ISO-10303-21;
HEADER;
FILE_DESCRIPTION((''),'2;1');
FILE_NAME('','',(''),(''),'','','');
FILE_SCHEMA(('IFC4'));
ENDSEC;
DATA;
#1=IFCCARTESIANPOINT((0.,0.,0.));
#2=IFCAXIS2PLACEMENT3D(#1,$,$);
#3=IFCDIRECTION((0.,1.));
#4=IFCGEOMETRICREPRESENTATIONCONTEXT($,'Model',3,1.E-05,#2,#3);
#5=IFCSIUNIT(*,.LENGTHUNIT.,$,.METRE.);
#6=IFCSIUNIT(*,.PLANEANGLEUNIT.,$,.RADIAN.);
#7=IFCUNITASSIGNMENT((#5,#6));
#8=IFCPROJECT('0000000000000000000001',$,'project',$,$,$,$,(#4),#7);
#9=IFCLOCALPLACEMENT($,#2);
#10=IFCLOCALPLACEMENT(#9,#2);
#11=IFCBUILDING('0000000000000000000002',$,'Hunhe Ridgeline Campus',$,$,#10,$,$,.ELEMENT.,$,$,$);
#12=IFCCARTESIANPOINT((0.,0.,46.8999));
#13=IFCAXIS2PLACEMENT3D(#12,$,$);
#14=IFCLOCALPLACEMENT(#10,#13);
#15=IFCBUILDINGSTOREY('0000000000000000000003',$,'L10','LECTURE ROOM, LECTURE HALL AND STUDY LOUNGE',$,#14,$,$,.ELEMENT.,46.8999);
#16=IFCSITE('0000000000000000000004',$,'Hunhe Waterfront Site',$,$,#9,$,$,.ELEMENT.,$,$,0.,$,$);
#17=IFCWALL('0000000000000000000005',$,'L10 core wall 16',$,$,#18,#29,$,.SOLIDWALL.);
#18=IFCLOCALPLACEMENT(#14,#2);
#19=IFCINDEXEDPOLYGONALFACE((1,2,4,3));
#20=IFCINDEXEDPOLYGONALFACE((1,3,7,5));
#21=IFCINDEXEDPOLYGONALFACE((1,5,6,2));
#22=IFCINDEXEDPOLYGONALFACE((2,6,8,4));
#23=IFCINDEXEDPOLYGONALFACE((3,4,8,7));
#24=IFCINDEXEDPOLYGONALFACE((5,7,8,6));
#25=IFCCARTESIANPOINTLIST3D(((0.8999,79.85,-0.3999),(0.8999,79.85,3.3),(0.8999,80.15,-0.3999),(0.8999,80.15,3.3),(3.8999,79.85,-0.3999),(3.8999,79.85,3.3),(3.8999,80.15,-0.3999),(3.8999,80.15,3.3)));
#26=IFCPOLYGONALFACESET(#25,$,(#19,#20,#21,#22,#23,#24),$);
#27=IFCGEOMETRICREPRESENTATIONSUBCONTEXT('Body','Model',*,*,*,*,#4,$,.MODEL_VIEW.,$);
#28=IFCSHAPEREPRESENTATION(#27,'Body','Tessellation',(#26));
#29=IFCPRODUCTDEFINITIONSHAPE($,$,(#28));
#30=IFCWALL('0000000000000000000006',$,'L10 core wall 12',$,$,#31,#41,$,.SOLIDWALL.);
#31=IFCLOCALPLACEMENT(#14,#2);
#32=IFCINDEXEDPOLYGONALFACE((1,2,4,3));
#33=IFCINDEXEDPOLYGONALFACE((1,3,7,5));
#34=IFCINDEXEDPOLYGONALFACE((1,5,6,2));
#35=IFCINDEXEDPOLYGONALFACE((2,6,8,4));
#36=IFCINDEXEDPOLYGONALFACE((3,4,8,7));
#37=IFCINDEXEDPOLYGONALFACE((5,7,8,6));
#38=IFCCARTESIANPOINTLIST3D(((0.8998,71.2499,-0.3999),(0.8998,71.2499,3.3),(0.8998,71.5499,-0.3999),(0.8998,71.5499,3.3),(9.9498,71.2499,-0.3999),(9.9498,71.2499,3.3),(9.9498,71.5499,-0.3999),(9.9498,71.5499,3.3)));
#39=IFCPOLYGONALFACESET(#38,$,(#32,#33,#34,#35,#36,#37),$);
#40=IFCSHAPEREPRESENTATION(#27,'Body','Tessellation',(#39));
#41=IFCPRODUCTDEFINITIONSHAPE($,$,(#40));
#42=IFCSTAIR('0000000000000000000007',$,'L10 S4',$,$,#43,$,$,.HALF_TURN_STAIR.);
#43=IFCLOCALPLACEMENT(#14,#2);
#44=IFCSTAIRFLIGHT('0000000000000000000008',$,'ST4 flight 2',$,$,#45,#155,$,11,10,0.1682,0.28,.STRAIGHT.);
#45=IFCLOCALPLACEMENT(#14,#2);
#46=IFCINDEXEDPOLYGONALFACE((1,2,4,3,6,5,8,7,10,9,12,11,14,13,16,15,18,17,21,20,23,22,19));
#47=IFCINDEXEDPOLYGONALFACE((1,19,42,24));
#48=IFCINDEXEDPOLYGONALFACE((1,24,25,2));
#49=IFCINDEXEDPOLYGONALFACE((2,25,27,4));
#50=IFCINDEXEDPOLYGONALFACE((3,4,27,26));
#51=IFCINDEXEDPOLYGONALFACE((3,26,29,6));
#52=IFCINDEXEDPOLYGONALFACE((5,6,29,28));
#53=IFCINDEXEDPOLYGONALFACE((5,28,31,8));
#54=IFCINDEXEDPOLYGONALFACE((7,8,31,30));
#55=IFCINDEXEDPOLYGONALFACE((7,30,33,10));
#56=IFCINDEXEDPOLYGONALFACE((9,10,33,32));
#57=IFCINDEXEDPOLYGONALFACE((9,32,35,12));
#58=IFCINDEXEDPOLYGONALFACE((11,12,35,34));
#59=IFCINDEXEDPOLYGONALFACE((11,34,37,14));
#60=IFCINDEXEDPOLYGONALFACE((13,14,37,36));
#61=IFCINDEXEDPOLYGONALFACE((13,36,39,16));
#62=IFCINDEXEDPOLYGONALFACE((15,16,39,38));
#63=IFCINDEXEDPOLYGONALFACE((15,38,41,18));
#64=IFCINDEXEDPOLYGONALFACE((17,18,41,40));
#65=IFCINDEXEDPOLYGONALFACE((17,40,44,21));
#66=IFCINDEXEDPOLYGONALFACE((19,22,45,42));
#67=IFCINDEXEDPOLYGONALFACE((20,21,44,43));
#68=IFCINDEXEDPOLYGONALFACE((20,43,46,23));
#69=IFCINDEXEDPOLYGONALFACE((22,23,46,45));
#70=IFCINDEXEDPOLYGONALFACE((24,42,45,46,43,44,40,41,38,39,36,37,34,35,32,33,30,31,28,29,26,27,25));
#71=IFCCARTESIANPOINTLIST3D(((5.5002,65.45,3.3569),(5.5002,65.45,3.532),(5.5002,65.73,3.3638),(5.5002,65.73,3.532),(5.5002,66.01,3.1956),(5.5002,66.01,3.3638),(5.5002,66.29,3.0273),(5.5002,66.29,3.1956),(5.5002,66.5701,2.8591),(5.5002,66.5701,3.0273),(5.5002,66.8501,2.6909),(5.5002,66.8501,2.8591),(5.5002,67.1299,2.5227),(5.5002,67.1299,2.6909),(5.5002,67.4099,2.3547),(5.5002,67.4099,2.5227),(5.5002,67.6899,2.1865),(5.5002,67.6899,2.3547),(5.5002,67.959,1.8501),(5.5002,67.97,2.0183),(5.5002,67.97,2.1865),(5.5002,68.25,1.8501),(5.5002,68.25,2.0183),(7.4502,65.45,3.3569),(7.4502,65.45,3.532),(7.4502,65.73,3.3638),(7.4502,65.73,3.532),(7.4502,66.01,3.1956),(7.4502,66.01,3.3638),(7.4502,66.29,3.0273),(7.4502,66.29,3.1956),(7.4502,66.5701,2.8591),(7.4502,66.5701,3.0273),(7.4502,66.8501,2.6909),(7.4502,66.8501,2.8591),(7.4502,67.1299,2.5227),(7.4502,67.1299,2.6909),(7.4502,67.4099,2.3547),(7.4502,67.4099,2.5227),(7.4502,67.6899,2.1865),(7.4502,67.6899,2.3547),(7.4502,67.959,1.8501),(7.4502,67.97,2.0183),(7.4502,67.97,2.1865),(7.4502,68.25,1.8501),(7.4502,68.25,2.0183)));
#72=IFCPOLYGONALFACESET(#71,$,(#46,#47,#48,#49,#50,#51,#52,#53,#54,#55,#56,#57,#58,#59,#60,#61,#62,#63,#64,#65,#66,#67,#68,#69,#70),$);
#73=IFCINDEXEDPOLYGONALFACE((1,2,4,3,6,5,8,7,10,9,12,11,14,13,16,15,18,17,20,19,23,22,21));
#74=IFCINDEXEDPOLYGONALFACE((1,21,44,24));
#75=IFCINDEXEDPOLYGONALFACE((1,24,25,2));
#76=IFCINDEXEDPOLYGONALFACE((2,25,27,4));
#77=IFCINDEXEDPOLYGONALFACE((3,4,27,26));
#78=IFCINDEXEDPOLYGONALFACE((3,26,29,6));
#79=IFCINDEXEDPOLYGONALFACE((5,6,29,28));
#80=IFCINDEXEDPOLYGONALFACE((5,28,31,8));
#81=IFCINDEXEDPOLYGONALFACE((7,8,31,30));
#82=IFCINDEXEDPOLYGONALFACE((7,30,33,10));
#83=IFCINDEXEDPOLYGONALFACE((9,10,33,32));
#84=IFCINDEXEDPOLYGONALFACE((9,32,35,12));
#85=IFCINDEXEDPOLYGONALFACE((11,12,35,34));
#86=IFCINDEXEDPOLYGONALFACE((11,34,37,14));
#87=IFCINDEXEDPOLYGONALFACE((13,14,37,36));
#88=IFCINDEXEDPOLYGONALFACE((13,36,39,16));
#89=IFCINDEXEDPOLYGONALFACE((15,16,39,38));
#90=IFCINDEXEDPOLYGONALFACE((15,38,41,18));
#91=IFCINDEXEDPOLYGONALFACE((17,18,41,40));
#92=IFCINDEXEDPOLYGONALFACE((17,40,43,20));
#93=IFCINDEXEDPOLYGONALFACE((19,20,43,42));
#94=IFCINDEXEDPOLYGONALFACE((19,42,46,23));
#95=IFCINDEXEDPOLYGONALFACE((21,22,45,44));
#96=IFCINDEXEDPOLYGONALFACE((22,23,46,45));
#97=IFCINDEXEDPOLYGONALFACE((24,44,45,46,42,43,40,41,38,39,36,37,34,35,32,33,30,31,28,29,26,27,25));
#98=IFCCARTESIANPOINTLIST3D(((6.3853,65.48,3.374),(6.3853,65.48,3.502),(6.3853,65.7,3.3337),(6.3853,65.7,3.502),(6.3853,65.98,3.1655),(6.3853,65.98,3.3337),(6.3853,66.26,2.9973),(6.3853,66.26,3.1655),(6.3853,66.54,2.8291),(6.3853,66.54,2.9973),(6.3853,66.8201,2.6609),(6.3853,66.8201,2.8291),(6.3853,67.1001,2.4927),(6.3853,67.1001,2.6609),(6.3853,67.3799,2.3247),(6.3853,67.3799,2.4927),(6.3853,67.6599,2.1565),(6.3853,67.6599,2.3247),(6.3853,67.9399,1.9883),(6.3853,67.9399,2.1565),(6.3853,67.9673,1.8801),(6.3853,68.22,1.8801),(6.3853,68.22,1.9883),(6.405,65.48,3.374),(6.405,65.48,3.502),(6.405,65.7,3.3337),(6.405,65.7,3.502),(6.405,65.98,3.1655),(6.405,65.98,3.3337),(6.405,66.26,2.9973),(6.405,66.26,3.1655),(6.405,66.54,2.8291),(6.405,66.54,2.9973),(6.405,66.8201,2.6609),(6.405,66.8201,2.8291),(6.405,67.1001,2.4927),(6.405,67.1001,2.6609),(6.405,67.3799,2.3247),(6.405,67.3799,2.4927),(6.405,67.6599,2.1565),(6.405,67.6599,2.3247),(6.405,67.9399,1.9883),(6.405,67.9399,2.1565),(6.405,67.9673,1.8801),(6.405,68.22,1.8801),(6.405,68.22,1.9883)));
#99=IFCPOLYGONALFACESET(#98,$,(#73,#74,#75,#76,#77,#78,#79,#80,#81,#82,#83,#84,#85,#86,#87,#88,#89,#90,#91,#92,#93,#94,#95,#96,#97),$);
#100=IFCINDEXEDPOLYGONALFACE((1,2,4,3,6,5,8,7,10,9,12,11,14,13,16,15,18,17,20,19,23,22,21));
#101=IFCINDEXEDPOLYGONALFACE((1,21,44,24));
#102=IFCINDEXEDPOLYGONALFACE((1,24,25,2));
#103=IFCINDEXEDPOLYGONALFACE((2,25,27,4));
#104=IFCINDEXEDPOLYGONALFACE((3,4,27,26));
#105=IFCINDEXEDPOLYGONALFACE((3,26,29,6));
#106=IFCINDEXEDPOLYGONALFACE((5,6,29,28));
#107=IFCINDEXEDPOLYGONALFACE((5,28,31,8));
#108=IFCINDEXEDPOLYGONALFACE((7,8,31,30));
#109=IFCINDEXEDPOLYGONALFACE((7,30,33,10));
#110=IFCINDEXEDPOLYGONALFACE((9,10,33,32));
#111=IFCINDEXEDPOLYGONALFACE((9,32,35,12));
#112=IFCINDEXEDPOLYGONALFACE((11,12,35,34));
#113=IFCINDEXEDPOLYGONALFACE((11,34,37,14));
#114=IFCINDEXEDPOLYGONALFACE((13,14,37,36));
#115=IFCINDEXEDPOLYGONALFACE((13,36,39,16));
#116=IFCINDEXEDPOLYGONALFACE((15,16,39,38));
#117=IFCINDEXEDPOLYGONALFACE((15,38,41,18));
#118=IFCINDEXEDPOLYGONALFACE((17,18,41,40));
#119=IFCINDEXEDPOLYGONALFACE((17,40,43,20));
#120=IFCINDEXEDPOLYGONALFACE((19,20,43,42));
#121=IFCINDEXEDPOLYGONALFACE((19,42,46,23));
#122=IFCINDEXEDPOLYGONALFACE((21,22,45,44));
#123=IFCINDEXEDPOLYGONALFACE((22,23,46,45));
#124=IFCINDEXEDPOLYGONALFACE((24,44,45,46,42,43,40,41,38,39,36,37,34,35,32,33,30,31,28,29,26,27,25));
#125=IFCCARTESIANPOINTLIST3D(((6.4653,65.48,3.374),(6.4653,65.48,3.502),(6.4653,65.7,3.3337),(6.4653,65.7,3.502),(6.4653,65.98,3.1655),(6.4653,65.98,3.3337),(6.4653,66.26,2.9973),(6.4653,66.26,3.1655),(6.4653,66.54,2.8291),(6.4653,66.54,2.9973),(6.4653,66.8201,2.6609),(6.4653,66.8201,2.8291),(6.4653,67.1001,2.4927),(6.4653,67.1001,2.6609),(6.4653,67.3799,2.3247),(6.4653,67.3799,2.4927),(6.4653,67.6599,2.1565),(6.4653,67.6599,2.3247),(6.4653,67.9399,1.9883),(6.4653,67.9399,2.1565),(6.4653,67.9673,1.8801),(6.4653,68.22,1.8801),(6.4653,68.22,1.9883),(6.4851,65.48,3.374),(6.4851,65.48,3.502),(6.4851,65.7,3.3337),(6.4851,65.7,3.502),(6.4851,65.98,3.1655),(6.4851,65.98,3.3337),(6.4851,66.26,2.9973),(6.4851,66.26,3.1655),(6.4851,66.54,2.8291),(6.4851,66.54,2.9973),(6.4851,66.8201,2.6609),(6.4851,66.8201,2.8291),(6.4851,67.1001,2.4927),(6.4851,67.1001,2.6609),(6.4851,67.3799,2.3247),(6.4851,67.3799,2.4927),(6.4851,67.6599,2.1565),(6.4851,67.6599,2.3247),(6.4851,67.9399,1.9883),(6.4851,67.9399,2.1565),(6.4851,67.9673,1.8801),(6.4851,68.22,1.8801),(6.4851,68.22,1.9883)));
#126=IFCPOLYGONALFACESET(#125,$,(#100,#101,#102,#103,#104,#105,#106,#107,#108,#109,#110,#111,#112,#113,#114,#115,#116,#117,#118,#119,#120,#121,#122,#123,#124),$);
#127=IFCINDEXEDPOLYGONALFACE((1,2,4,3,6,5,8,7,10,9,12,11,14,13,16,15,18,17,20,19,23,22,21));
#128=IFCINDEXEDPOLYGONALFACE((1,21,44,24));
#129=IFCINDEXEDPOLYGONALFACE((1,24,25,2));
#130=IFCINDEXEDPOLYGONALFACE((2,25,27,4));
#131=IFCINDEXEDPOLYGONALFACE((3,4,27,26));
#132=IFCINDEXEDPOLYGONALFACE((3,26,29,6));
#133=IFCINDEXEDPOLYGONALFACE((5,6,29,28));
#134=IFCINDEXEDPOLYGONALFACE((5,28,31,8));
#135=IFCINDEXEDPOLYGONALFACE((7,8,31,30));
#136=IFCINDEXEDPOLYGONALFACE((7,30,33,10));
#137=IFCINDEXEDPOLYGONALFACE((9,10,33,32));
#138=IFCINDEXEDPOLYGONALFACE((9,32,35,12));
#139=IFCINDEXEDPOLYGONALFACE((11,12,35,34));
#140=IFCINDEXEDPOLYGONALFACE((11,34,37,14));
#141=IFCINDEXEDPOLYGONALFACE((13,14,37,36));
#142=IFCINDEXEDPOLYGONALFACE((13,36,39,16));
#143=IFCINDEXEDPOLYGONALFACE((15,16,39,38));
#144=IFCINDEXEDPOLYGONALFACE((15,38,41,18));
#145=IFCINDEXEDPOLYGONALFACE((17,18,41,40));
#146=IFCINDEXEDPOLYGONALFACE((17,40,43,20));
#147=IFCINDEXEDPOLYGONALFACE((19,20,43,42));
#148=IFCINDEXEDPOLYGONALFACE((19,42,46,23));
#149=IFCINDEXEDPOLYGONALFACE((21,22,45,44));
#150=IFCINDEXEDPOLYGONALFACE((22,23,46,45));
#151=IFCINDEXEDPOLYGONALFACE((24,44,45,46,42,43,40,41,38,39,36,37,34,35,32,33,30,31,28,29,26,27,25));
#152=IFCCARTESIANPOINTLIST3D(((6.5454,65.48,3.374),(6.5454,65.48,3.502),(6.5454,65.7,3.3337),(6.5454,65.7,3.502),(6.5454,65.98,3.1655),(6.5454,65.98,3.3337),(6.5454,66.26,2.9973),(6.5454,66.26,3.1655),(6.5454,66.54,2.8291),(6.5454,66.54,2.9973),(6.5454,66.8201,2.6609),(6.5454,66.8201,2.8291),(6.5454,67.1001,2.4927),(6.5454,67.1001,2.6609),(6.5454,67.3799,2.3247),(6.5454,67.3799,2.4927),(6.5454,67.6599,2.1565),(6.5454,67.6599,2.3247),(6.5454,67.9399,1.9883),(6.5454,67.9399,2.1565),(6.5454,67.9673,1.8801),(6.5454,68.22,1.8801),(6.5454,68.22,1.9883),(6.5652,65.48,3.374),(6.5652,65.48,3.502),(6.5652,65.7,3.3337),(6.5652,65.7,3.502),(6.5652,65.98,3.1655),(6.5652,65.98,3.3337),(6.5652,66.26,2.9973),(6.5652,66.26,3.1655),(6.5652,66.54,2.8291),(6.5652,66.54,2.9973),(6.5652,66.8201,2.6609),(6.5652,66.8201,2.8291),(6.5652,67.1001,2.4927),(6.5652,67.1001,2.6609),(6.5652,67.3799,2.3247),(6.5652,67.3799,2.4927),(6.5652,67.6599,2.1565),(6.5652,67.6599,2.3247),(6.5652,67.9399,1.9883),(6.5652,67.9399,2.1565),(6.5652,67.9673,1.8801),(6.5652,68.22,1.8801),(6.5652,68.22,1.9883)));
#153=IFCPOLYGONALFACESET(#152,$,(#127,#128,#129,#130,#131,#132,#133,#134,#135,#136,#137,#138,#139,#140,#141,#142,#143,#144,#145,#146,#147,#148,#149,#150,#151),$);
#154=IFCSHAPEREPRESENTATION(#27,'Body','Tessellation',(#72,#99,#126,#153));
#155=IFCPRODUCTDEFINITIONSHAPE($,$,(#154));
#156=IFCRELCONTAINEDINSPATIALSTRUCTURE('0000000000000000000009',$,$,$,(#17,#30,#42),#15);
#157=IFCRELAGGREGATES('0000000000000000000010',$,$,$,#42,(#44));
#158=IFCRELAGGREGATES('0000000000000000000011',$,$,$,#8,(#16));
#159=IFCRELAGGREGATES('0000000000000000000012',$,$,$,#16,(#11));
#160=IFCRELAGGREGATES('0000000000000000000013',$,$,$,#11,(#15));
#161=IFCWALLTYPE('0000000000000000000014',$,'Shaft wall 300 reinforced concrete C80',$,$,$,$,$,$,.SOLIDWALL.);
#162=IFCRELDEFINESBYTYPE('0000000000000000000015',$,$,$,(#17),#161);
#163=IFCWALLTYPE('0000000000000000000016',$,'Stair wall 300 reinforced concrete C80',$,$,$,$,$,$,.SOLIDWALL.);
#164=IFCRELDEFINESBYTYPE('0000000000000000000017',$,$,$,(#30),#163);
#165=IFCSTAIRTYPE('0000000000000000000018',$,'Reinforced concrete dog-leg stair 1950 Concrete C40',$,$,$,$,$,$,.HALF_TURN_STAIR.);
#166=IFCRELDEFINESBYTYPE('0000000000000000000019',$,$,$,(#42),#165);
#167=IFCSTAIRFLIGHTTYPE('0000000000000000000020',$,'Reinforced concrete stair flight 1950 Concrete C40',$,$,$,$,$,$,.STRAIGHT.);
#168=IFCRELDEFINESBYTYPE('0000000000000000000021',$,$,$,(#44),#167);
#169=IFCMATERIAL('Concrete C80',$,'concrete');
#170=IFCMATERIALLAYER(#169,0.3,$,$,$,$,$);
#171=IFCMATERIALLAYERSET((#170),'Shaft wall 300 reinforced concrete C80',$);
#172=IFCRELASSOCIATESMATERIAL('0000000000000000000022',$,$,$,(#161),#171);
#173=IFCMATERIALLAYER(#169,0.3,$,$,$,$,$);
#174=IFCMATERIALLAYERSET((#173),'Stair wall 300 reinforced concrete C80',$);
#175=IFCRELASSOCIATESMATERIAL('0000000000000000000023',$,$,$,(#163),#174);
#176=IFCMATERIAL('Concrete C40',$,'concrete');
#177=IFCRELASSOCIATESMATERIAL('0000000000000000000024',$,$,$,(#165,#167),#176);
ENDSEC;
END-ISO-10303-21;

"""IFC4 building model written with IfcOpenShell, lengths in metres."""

from ifc_helpers import new_model, si_unit, direction, frame, frame_2d, origin, place, context, subcontext, project, spatial, polyline, rectangle, outline, extrude, material, layer, layer_set, type_object, element, aggregate, save


model = new_model("IFC4")

# Units and contexts
model_context = context("Model", 3, precision=1e-05, world=origin(), true_north=direction((0.0, 1.0)))
body_context = subcontext(model_context, "Body", "Model", "MODEL_VIEW")
ifc_project = project(units=[si_unit("LENGTHUNIT", "METRE"), si_unit("PLANEANGLEUNIT", "RADIAN")], contexts=[model_context])

# Site, building, storey
site_placement = place(None, origin())
site = spatial("IfcSite", under=ifc_project, at=site_placement, Name="Hunhe Waterfront Site", CompositionType="ELEMENT", RefElevation=0.0)
building_placement = place(site_placement, origin())
building = spatial("IfcBuilding", under=site, at=building_placement, Name="Hunhe Ridgeline Campus", CompositionType="ELEMENT")
storey_placement = place(building_placement, frame((0.0, 0.0, 46.8999)))
storey = spatial("IfcBuildingStorey", under=building, at=storey_placement, Name="L10", Description="LECTURE ROOM, LECTURE HALL AND STUDY LOUNGE", CompositionType="ELEMENT", Elevation=46.8999)

# Shared definitions
ifc_material_1 = material(Name="Concrete C80", Category="concrete")
ifc_layer_1 = layer(ifc_material_1, 0.3)
ifc_layer_set_1 = layer_set([ifc_layer_1], Name="Shaft wall 300 reinforced concrete C80")
wall_type_1 = type_object("IfcWallType", Name="Shaft wall 300 reinforced concrete C80", PredefinedType="SOLIDWALL", material=ifc_layer_set_1)

# Wall
wall_1_placement = place(storey_placement, frame((0.8999, 80.0, -0.3999), z_axis=(0.0, 0.0, 1.0), x_axis=(1.0, 0.0, 0.0)))
element("IfcWall", 1, at=wall_1_placement, inside=storey, type_object=wall_type_1, Name="L10 core wall 16", PredefinedType="SOLIDWALL", context=body_context, shape_type="SweptSolid", body=[
    extrude(rectangle(XDim=3.0, YDim=0.3, at=frame_2d((1.5, 0.0))), origin(), (0.0, 0.0, 1.0), 3.7),
])

# Wall
ifc_layer_2 = layer(ifc_material_1, 0.3)
ifc_layer_set_2 = layer_set([ifc_layer_2], Name="Stair wall 300 reinforced concrete C80")
wall_type_2 = type_object("IfcWallType", Name="Stair wall 300 reinforced concrete C80", PredefinedType="SOLIDWALL", material=ifc_layer_set_2)
wall_2_placement = place(storey_placement, frame((0.8999, 71.3999, -0.3999), z_axis=(0.0, 0.0, 1.0), x_axis=(1.0, 0.0, 0.0)))
element("IfcWall", 2, at=wall_2_placement, inside=storey, type_object=wall_type_2, Name="L10 core wall 12", PredefinedType="SOLIDWALL", context=body_context, shape_type="SweptSolid", body=[
    extrude(rectangle(XDim=9.05, YDim=0.3, at=frame_2d((4.5249, 0.0))), origin(), (0.0, 0.0, 1.0), 3.7),
])

# Stair, stair flight
ifc_material_2 = material(Name="Concrete C40", Category="concrete")
stair_type = type_object("IfcStairType", Name="Reinforced concrete dog-leg stair 1950 Concrete C40", PredefinedType="HALF_TURN_STAIR", material=ifc_material_2)
stair_placement = place(storey_placement, origin())
stair = element("IfcStair", 3, at=stair_placement, inside=storey, type_object=stair_type, Name="L10 S4", PredefinedType="HALF_TURN_STAIR")
stair_flight_type = type_object("IfcStairFlightType", Name="Reinforced concrete stair flight 1950 Concrete C40", PredefinedType="STRAIGHT", material=ifc_material_2)
stair_flight_placement = place(storey_placement, frame((6.4751, 68.25, 1.8501), z_axis=(0.0, 0.0, 1.0), x_axis=(0.0, -1.0, 0.0)))
stair_flight = element("IfcStairFlight", 4, at=stair_flight_placement, type_object=stair_flight_type, Name="ST4 flight 2", NumberOfRisers=11, NumberOfTreads=10, PredefinedType="STRAIGHT", RiserHeight=0.1682, TreadLength=0.28, context=body_context, shape_type="SweptSolid", body=[
    extrude(outline(polyline([(0.0, 0.0), (0.0, 0.1682), (0.28, 0.1682), (0.28, 0.3364), (0.5601, 0.3364), (0.5601, 0.5046), (0.8401, 0.5046), (0.8401, 0.6726), (1.1201, 0.6726), (1.1201, 0.8408), (1.3999, 0.8408), (1.3999, 1.009), (1.6799, 1.009), (1.6799, 1.1772), (1.96, 1.1772), (1.96, 1.3455), (2.24, 1.3455), (2.24, 1.5137), (2.52, 1.5137), (2.52, 1.6819), (2.8, 1.6819), (2.8, 1.8501), (2.8, 1.5068), (0.291, 0.0), (0.0, 0.0)])), frame((0.0, 0.9751, 0.0), z_axis=(0.0, -1.0, 0.0), x_axis=(1.0, 0.0, 0.0)), (0.0, 0.0, 1.0), 1.95),
    extrude(outline(polyline([(0.03, 0.03), (0.03, 0.1382), (0.3101, 0.1382), (0.3101, 0.3064), (0.5901, 0.3064), (0.5901, 0.4746), (0.8701, 0.4746), (0.8701, 0.6426), (1.1499, 0.6426), (1.1499, 0.8108), (1.4299, 0.8108), (1.4299, 0.979), (1.71, 0.979), (1.71, 1.1472), (1.99, 1.1472), (1.99, 1.3154), (2.27, 1.3154), (2.27, 1.4836), (2.55, 1.4836), (2.55, 1.6519), (2.77, 1.6519), (2.77, 1.5239), (0.2827, 0.03), (0.03, 0.03)])), frame((0.0, -0.0701, 0.0), z_axis=(0.0, -1.0, 0.0), x_axis=(1.0, 0.0, 0.0)), (0.0, 0.0, 1.0), 0.0198),
    extrude(outline(polyline([(0.03, 0.03), (0.03, 0.1382), (0.3101, 0.1382), (0.3101, 0.3064), (0.5901, 0.3064), (0.5901, 0.4746), (0.8701, 0.4746), (0.8701, 0.6426), (1.1499, 0.6426), (1.1499, 0.8108), (1.4299, 0.8108), (1.4299, 0.979), (1.71, 0.979), (1.71, 1.1472), (1.99, 1.1472), (1.99, 1.3154), (2.27, 1.3154), (2.27, 1.4836), (2.55, 1.4836), (2.55, 1.6519), (2.77, 1.6519), (2.77, 1.5239), (0.2827, 0.03), (0.03, 0.03)])), frame((0.0, 0.01, 0.0), z_axis=(0.0, -1.0, 0.0), x_axis=(1.0, 0.0, 0.0)), (0.0, 0.0, 1.0), 0.0198),
    extrude(outline(polyline([(0.03, 0.03), (0.03, 0.1382), (0.3101, 0.1382), (0.3101, 0.3064), (0.5901, 0.3064), (0.5901, 0.4746), (0.8701, 0.4746), (0.8701, 0.6426), (1.1499, 0.6426), (1.1499, 0.8108), (1.4299, 0.8108), (1.4299, 0.979), (1.71, 0.979), (1.71, 1.1472), (1.99, 1.1472), (1.99, 1.3154), (2.27, 1.3154), (2.27, 1.4836), (2.55, 1.4836), (2.55, 1.6519), (2.77, 1.6519), (2.77, 1.5239), (0.2827, 0.03), (0.03, 0.03)])), frame((0.0, 0.0901, 0.0), z_axis=(0.0, -1.0, 0.0), x_axis=(1.0, 0.0, 0.0)), (0.0, 0.0, 1.0), 0.0198),
])
aggregate(stair, [stair_flight])

save(model, "model.ifc")
